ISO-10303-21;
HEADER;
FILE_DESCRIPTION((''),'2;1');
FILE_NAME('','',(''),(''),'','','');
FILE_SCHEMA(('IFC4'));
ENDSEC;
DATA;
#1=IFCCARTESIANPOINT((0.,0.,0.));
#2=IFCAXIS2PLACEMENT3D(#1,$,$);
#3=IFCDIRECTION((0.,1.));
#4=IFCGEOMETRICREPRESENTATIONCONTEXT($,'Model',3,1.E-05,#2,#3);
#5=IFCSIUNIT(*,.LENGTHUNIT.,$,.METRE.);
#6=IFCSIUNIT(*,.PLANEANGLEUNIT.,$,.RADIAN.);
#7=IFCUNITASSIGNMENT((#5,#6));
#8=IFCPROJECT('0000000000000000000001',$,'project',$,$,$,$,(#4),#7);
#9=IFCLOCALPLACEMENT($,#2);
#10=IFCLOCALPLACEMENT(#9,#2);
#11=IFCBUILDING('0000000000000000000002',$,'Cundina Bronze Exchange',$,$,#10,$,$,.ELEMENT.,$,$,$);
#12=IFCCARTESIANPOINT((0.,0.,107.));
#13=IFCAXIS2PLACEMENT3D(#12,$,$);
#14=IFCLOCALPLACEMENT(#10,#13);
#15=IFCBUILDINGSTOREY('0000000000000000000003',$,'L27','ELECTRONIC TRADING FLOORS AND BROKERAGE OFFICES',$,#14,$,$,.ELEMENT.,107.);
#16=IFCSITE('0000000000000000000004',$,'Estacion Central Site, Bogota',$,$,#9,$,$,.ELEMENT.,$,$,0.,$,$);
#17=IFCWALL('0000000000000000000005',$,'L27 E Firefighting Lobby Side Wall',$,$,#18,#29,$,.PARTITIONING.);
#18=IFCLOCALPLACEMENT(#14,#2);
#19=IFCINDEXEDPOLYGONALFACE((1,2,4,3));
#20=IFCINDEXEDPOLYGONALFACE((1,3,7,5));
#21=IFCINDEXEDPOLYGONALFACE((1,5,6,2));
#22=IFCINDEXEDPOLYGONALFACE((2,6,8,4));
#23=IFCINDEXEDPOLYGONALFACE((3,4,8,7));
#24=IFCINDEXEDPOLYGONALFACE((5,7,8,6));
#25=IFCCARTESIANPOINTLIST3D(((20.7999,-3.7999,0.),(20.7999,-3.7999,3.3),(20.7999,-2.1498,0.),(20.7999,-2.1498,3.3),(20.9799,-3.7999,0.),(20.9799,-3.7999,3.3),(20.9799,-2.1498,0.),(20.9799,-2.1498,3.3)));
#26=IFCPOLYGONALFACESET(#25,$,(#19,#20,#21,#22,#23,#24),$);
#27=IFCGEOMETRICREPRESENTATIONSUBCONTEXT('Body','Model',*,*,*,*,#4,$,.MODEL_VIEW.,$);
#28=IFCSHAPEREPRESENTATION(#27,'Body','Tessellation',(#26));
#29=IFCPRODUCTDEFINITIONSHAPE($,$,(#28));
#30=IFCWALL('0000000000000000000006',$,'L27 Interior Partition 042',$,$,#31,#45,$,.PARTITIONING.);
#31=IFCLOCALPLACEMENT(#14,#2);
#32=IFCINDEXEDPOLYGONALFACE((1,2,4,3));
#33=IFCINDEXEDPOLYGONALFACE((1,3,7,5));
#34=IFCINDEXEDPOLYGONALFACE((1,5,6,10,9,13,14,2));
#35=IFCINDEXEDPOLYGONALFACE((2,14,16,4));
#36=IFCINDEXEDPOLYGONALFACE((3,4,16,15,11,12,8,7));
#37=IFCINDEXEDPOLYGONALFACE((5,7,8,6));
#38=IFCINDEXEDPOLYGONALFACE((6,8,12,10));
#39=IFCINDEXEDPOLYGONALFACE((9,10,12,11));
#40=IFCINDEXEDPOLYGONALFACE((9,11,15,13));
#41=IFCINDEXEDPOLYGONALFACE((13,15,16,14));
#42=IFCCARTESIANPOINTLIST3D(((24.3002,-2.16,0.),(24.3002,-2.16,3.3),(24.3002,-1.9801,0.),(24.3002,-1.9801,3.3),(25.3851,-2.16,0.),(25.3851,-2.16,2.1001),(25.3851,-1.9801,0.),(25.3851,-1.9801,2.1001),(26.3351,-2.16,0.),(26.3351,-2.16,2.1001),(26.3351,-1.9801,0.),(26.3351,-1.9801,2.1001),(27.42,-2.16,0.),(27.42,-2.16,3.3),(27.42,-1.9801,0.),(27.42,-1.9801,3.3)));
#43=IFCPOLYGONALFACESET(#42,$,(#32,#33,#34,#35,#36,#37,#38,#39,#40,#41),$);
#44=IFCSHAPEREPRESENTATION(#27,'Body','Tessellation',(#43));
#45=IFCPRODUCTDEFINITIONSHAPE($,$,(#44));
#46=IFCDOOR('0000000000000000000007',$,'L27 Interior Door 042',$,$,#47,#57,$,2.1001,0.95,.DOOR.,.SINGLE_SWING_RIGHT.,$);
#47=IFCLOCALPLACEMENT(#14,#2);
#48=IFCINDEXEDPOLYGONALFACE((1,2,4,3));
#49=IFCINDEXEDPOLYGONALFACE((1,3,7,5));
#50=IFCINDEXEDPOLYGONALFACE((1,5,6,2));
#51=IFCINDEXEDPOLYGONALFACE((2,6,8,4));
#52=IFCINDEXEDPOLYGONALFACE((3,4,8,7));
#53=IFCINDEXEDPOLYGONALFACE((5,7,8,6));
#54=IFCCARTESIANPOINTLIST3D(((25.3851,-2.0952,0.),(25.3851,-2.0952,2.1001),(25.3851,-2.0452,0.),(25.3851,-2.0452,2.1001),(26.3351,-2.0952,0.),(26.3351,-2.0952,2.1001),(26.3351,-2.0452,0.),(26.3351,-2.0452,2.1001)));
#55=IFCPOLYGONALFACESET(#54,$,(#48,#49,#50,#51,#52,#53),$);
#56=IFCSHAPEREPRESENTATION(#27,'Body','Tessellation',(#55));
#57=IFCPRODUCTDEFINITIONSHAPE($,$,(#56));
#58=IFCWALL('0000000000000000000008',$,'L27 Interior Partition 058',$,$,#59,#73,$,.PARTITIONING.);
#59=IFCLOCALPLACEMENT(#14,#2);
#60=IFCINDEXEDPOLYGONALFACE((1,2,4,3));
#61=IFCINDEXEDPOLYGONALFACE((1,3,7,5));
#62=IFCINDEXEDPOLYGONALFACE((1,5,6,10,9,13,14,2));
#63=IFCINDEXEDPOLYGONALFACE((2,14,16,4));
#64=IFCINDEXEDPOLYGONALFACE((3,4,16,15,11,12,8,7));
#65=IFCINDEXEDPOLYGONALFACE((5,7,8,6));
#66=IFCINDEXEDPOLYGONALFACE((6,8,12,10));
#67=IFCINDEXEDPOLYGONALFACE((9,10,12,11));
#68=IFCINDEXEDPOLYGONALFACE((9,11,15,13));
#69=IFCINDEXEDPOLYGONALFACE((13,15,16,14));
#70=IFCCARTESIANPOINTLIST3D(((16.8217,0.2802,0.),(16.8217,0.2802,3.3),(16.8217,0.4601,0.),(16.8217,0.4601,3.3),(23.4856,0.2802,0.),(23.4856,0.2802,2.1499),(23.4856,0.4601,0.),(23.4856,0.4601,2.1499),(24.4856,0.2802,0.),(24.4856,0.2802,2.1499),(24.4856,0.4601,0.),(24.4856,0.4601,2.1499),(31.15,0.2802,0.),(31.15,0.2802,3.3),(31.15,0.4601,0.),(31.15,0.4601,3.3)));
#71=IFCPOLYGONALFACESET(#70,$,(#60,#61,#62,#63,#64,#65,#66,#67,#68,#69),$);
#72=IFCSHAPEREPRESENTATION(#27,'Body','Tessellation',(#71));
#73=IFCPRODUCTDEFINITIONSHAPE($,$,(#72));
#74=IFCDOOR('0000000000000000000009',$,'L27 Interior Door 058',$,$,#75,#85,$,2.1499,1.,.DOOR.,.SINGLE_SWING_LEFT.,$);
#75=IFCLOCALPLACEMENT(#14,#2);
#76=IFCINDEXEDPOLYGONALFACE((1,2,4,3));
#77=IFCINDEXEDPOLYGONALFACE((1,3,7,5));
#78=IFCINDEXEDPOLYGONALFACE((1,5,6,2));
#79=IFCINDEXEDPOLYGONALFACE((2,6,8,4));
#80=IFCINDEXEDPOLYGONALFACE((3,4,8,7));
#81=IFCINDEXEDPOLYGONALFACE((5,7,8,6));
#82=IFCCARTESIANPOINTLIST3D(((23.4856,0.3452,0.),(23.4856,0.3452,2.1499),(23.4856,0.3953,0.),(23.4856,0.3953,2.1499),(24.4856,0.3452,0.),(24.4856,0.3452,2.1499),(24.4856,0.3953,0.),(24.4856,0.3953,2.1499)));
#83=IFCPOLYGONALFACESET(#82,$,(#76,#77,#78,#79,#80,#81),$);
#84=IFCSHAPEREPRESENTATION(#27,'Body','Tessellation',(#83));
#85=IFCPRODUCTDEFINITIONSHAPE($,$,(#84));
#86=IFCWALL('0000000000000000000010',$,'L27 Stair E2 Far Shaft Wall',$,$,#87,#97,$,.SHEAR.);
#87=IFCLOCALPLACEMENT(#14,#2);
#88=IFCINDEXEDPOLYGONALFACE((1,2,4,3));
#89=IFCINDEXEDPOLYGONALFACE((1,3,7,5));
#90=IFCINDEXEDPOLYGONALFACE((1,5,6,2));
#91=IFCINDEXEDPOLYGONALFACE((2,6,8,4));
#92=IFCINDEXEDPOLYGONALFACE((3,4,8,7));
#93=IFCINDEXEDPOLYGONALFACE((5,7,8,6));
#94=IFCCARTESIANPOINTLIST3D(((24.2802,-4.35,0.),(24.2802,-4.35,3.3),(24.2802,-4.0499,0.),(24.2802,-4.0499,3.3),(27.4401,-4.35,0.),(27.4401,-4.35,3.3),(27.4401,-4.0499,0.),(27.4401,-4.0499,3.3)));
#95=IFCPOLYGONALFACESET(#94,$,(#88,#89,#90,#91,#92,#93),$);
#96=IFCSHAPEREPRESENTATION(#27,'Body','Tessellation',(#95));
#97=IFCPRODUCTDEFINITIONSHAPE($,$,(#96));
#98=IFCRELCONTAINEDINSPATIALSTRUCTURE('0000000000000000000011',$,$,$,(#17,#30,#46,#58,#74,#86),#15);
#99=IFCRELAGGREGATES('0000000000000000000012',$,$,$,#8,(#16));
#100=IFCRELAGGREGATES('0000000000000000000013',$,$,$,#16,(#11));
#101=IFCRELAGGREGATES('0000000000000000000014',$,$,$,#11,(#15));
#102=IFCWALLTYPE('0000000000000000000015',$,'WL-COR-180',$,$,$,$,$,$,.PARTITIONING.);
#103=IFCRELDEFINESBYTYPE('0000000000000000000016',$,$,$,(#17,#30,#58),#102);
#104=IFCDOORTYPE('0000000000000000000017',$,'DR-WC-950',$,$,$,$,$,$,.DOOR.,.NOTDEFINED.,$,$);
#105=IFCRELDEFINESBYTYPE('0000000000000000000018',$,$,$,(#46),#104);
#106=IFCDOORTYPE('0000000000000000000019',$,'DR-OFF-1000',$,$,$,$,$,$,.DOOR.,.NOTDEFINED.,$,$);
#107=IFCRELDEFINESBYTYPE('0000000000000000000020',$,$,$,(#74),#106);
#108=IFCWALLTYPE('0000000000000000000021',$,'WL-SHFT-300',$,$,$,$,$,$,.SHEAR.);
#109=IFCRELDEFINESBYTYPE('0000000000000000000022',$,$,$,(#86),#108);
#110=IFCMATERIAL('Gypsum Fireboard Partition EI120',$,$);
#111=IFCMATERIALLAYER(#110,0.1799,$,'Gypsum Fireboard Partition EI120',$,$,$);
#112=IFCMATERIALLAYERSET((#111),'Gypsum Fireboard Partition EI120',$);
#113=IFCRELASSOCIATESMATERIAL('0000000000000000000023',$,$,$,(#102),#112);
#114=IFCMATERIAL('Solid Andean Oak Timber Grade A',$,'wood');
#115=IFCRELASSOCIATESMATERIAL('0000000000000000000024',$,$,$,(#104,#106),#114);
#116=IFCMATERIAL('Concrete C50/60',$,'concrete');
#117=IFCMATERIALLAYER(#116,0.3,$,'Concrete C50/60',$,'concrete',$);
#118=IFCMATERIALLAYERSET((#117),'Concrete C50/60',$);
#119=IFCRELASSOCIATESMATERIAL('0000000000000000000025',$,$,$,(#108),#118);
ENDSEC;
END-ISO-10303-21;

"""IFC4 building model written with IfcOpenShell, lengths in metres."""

from ifc_helpers import new_model, si_unit, direction, frame, frame_2d, origin, place, context, subcontext, project, spatial, rectangle, extrude, material, layer, layer_set, type_object, element, fill, save


model = new_model("IFC4")

# Units and contexts
model_context = context("Model", 3, precision=1e-05, world=origin(), true_north=direction((0.0, 1.0)))
body_context = subcontext(model_context, "Body", "Model", "MODEL_VIEW")
ifc_project = project(units=[si_unit("LENGTHUNIT", "METRE"), si_unit("PLANEANGLEUNIT", "RADIAN")], contexts=[model_context])

# Site, building, storey
site_placement = place(None, origin())
site = spatial("IfcSite", under=ifc_project, at=site_placement, Name="Estacion Central Site, Bogota", CompositionType="ELEMENT", RefElevation=0.0)
building_placement = place(site_placement, origin())
building = spatial("IfcBuilding", under=site, at=building_placement, Name="Cundina Bronze Exchange", CompositionType="ELEMENT")
storey_placement = place(building_placement, frame((0.0, 0.0, 107.0)))
storey = spatial("IfcBuildingStorey", under=building, at=storey_placement, Name="L27", Description="ELECTRONIC TRADING FLOORS AND BROKERAGE OFFICES", CompositionType="ELEMENT", Elevation=107.0)

# Wall
ifc_material_1 = material(Name="Gypsum Fireboard Partition EI120")
ifc_layer_1 = layer(ifc_material_1, 0.1799, Name="Gypsum Fireboard Partition EI120")
ifc_layer_set_1 = layer_set([ifc_layer_1], Name="Gypsum Fireboard Partition EI120")
wall_type_1 = type_object("IfcWallType", Name="WL-COR-180", PredefinedType="PARTITIONING", material=ifc_layer_set_1)
wall_1_placement = place(storey_placement, frame((20.8899, -3.8, 0.0), z_axis=(0.0, 0.0, 1.0), x_axis=(0.0, 1.0, 0.0)))
element("IfcWall", 1, at=wall_1_placement, inside=storey, type_object=wall_type_1, Name="L27 E Firefighting Lobby Side Wall", PredefinedType="PARTITIONING", context=body_context, shape_type="SweptSolid", body=[
    extrude(rectangle(XDim=1.6501, YDim=0.1799, at=frame_2d((0.8252, 0.0))), origin(), (0.0, 0.0, 1.0), 3.3),
])

# Walls, openings, doors
wall_2_placement = place(storey_placement, frame((24.3, -2.0701, 0.0), z_axis=(0.0, 0.0, 1.0), x_axis=(1.0, 0.0, 0.0)))
wall_2 = element("IfcWall", 2, at=wall_2_placement, inside=storey, type_object=wall_type_1, Name="L27 Interior Partition 042", PredefinedType="PARTITIONING", context=body_context, shape_type="SweptSolid", body=[
    extrude(rectangle(XDim=3.1199, YDim=0.1799, at=frame_2d((1.5601, 0.0))), origin(), (0.0, 0.0, 1.0), 3.3),
])
opening_1_placement = place(wall_2_placement, frame((1.085, 0.0, 0.0)))
opening_1 = element("IfcOpeningElement", 3, at=opening_1_placement, cuts=wall_2, PredefinedType="OPENING", context=body_context, shape_type="SweptSolid", body=[
    extrude(rectangle(XDim=0.95, YDim=2.1001, at=frame_2d((0.4751, 1.05))), frame((0.0, 0.0999, 0.0), z_axis=(0.0, -1.0, 0.0), x_axis=(1.0, 0.0, 0.0)), (0.0, 0.0, 1.0), 0.2),
])
ifc_material_2 = material(Name="Solid Andean Oak Timber Grade A", Category="wood")
door_type_1 = type_object("IfcDoorType", Name="DR-WC-950", OperationType="NOTDEFINED", PredefinedType="DOOR", material=ifc_material_2)
door_1_placement = place(opening_1_placement, origin())
door_1 = element("IfcDoor", 4, at=door_1_placement, inside=storey, type_object=door_type_1, Name="L27 Interior Door 042", OperationType="SINGLE_SWING_RIGHT", OverallHeight=2.1001, OverallWidth=0.95, PredefinedType="DOOR", context=body_context, shape_type="SweptSolid", body=[
    extrude(rectangle(XDim=0.95, YDim=2.1001, at=frame_2d((0.4751, 1.05))), frame((0.0, 0.0249, 0.0), z_axis=(0.0, -1.0, 0.0), x_axis=(1.0, 0.0, 0.0)), (0.0, 0.0, 1.0), 0.05),
])
fill(opening_1, door_1)
wall_3_placement = place(storey_placement, frame((31.1499, 0.3701, 0.0), z_axis=(0.0, 0.0, 1.0), x_axis=(-1.0, 0.0, 0.0)))
wall_3 = element("IfcWall", 5, at=wall_3_placement, inside=storey, type_object=wall_type_1, Name="L27 Interior Partition 058", PredefinedType="PARTITIONING", context=body_context, shape_type="SweptSolid", body=[
    extrude(rectangle(XDim=14.3284, YDim=0.1799, at=frame_2d((7.1641, 0.0))), origin(), (0.0, 0.0, 1.0), 3.3),
])
opening_2_placement = place(wall_3_placement, frame((6.6643, 0.0, 0.0)))
opening_2 = element("IfcOpeningElement", 6, at=opening_2_placement, cuts=wall_3, PredefinedType="OPENING", context=body_context, shape_type="SweptSolid", body=[
    extrude(rectangle(XDim=1.0, YDim=2.1499, at=frame_2d((0.5, 1.075))), frame((0.0, 0.0999, 0.0), z_axis=(0.0, -1.0, 0.0), x_axis=(1.0, 0.0, 0.0)), (0.0, 0.0, 1.0), 0.2),
])
door_type_2 = type_object("IfcDoorType", Name="DR-OFF-1000", OperationType="NOTDEFINED", PredefinedType="DOOR", material=ifc_material_2)
door_2_placement = place(opening_2_placement, origin())
door_2 = element("IfcDoor", 7, at=door_2_placement, inside=storey, type_object=door_type_2, Name="L27 Interior Door 058", OperationType="SINGLE_SWING_LEFT", OverallHeight=2.1499, OverallWidth=1.0, PredefinedType="DOOR", context=body_context, shape_type="SweptSolid", body=[
    extrude(rectangle(XDim=1.0, YDim=2.1499, at=frame_2d((0.5, 1.075))), frame((0.0, 0.0249, 0.0), z_axis=(0.0, -1.0, 0.0), x_axis=(1.0, 0.0, 0.0)), (0.0, 0.0, 1.0), 0.05),
])
fill(opening_2, door_2)
ifc_material_3 = material(Name="Concrete C50/60", Category="concrete")
ifc_layer_2 = layer(ifc_material_3, 0.3, Name="Concrete C50/60", Category="concrete")
ifc_layer_set_2 = layer_set([ifc_layer_2], Name="Concrete C50/60")
wall_type_2 = type_object("IfcWallType", Name="WL-SHFT-300", PredefinedType="SHEAR", material=ifc_layer_set_2)

# Wall
wall_4_placement = place(storey_placement, frame((24.28, -4.2, 0.0), z_axis=(0.0, 0.0, 1.0), x_axis=(1.0, 0.0, 0.0)))
element("IfcWall", 8, at=wall_4_placement, inside=storey, type_object=wall_type_2, Name="L27 Stair E2 Far Shaft Wall", PredefinedType="SHEAR", context=body_context, shape_type="SweptSolid", body=[
    extrude(rectangle(XDim=3.1599, YDim=0.3, at=frame_2d((1.5801, 0.0))), origin(), (0.0, 0.0, 1.0), 3.3),
])

save(model, "model.ifc")
